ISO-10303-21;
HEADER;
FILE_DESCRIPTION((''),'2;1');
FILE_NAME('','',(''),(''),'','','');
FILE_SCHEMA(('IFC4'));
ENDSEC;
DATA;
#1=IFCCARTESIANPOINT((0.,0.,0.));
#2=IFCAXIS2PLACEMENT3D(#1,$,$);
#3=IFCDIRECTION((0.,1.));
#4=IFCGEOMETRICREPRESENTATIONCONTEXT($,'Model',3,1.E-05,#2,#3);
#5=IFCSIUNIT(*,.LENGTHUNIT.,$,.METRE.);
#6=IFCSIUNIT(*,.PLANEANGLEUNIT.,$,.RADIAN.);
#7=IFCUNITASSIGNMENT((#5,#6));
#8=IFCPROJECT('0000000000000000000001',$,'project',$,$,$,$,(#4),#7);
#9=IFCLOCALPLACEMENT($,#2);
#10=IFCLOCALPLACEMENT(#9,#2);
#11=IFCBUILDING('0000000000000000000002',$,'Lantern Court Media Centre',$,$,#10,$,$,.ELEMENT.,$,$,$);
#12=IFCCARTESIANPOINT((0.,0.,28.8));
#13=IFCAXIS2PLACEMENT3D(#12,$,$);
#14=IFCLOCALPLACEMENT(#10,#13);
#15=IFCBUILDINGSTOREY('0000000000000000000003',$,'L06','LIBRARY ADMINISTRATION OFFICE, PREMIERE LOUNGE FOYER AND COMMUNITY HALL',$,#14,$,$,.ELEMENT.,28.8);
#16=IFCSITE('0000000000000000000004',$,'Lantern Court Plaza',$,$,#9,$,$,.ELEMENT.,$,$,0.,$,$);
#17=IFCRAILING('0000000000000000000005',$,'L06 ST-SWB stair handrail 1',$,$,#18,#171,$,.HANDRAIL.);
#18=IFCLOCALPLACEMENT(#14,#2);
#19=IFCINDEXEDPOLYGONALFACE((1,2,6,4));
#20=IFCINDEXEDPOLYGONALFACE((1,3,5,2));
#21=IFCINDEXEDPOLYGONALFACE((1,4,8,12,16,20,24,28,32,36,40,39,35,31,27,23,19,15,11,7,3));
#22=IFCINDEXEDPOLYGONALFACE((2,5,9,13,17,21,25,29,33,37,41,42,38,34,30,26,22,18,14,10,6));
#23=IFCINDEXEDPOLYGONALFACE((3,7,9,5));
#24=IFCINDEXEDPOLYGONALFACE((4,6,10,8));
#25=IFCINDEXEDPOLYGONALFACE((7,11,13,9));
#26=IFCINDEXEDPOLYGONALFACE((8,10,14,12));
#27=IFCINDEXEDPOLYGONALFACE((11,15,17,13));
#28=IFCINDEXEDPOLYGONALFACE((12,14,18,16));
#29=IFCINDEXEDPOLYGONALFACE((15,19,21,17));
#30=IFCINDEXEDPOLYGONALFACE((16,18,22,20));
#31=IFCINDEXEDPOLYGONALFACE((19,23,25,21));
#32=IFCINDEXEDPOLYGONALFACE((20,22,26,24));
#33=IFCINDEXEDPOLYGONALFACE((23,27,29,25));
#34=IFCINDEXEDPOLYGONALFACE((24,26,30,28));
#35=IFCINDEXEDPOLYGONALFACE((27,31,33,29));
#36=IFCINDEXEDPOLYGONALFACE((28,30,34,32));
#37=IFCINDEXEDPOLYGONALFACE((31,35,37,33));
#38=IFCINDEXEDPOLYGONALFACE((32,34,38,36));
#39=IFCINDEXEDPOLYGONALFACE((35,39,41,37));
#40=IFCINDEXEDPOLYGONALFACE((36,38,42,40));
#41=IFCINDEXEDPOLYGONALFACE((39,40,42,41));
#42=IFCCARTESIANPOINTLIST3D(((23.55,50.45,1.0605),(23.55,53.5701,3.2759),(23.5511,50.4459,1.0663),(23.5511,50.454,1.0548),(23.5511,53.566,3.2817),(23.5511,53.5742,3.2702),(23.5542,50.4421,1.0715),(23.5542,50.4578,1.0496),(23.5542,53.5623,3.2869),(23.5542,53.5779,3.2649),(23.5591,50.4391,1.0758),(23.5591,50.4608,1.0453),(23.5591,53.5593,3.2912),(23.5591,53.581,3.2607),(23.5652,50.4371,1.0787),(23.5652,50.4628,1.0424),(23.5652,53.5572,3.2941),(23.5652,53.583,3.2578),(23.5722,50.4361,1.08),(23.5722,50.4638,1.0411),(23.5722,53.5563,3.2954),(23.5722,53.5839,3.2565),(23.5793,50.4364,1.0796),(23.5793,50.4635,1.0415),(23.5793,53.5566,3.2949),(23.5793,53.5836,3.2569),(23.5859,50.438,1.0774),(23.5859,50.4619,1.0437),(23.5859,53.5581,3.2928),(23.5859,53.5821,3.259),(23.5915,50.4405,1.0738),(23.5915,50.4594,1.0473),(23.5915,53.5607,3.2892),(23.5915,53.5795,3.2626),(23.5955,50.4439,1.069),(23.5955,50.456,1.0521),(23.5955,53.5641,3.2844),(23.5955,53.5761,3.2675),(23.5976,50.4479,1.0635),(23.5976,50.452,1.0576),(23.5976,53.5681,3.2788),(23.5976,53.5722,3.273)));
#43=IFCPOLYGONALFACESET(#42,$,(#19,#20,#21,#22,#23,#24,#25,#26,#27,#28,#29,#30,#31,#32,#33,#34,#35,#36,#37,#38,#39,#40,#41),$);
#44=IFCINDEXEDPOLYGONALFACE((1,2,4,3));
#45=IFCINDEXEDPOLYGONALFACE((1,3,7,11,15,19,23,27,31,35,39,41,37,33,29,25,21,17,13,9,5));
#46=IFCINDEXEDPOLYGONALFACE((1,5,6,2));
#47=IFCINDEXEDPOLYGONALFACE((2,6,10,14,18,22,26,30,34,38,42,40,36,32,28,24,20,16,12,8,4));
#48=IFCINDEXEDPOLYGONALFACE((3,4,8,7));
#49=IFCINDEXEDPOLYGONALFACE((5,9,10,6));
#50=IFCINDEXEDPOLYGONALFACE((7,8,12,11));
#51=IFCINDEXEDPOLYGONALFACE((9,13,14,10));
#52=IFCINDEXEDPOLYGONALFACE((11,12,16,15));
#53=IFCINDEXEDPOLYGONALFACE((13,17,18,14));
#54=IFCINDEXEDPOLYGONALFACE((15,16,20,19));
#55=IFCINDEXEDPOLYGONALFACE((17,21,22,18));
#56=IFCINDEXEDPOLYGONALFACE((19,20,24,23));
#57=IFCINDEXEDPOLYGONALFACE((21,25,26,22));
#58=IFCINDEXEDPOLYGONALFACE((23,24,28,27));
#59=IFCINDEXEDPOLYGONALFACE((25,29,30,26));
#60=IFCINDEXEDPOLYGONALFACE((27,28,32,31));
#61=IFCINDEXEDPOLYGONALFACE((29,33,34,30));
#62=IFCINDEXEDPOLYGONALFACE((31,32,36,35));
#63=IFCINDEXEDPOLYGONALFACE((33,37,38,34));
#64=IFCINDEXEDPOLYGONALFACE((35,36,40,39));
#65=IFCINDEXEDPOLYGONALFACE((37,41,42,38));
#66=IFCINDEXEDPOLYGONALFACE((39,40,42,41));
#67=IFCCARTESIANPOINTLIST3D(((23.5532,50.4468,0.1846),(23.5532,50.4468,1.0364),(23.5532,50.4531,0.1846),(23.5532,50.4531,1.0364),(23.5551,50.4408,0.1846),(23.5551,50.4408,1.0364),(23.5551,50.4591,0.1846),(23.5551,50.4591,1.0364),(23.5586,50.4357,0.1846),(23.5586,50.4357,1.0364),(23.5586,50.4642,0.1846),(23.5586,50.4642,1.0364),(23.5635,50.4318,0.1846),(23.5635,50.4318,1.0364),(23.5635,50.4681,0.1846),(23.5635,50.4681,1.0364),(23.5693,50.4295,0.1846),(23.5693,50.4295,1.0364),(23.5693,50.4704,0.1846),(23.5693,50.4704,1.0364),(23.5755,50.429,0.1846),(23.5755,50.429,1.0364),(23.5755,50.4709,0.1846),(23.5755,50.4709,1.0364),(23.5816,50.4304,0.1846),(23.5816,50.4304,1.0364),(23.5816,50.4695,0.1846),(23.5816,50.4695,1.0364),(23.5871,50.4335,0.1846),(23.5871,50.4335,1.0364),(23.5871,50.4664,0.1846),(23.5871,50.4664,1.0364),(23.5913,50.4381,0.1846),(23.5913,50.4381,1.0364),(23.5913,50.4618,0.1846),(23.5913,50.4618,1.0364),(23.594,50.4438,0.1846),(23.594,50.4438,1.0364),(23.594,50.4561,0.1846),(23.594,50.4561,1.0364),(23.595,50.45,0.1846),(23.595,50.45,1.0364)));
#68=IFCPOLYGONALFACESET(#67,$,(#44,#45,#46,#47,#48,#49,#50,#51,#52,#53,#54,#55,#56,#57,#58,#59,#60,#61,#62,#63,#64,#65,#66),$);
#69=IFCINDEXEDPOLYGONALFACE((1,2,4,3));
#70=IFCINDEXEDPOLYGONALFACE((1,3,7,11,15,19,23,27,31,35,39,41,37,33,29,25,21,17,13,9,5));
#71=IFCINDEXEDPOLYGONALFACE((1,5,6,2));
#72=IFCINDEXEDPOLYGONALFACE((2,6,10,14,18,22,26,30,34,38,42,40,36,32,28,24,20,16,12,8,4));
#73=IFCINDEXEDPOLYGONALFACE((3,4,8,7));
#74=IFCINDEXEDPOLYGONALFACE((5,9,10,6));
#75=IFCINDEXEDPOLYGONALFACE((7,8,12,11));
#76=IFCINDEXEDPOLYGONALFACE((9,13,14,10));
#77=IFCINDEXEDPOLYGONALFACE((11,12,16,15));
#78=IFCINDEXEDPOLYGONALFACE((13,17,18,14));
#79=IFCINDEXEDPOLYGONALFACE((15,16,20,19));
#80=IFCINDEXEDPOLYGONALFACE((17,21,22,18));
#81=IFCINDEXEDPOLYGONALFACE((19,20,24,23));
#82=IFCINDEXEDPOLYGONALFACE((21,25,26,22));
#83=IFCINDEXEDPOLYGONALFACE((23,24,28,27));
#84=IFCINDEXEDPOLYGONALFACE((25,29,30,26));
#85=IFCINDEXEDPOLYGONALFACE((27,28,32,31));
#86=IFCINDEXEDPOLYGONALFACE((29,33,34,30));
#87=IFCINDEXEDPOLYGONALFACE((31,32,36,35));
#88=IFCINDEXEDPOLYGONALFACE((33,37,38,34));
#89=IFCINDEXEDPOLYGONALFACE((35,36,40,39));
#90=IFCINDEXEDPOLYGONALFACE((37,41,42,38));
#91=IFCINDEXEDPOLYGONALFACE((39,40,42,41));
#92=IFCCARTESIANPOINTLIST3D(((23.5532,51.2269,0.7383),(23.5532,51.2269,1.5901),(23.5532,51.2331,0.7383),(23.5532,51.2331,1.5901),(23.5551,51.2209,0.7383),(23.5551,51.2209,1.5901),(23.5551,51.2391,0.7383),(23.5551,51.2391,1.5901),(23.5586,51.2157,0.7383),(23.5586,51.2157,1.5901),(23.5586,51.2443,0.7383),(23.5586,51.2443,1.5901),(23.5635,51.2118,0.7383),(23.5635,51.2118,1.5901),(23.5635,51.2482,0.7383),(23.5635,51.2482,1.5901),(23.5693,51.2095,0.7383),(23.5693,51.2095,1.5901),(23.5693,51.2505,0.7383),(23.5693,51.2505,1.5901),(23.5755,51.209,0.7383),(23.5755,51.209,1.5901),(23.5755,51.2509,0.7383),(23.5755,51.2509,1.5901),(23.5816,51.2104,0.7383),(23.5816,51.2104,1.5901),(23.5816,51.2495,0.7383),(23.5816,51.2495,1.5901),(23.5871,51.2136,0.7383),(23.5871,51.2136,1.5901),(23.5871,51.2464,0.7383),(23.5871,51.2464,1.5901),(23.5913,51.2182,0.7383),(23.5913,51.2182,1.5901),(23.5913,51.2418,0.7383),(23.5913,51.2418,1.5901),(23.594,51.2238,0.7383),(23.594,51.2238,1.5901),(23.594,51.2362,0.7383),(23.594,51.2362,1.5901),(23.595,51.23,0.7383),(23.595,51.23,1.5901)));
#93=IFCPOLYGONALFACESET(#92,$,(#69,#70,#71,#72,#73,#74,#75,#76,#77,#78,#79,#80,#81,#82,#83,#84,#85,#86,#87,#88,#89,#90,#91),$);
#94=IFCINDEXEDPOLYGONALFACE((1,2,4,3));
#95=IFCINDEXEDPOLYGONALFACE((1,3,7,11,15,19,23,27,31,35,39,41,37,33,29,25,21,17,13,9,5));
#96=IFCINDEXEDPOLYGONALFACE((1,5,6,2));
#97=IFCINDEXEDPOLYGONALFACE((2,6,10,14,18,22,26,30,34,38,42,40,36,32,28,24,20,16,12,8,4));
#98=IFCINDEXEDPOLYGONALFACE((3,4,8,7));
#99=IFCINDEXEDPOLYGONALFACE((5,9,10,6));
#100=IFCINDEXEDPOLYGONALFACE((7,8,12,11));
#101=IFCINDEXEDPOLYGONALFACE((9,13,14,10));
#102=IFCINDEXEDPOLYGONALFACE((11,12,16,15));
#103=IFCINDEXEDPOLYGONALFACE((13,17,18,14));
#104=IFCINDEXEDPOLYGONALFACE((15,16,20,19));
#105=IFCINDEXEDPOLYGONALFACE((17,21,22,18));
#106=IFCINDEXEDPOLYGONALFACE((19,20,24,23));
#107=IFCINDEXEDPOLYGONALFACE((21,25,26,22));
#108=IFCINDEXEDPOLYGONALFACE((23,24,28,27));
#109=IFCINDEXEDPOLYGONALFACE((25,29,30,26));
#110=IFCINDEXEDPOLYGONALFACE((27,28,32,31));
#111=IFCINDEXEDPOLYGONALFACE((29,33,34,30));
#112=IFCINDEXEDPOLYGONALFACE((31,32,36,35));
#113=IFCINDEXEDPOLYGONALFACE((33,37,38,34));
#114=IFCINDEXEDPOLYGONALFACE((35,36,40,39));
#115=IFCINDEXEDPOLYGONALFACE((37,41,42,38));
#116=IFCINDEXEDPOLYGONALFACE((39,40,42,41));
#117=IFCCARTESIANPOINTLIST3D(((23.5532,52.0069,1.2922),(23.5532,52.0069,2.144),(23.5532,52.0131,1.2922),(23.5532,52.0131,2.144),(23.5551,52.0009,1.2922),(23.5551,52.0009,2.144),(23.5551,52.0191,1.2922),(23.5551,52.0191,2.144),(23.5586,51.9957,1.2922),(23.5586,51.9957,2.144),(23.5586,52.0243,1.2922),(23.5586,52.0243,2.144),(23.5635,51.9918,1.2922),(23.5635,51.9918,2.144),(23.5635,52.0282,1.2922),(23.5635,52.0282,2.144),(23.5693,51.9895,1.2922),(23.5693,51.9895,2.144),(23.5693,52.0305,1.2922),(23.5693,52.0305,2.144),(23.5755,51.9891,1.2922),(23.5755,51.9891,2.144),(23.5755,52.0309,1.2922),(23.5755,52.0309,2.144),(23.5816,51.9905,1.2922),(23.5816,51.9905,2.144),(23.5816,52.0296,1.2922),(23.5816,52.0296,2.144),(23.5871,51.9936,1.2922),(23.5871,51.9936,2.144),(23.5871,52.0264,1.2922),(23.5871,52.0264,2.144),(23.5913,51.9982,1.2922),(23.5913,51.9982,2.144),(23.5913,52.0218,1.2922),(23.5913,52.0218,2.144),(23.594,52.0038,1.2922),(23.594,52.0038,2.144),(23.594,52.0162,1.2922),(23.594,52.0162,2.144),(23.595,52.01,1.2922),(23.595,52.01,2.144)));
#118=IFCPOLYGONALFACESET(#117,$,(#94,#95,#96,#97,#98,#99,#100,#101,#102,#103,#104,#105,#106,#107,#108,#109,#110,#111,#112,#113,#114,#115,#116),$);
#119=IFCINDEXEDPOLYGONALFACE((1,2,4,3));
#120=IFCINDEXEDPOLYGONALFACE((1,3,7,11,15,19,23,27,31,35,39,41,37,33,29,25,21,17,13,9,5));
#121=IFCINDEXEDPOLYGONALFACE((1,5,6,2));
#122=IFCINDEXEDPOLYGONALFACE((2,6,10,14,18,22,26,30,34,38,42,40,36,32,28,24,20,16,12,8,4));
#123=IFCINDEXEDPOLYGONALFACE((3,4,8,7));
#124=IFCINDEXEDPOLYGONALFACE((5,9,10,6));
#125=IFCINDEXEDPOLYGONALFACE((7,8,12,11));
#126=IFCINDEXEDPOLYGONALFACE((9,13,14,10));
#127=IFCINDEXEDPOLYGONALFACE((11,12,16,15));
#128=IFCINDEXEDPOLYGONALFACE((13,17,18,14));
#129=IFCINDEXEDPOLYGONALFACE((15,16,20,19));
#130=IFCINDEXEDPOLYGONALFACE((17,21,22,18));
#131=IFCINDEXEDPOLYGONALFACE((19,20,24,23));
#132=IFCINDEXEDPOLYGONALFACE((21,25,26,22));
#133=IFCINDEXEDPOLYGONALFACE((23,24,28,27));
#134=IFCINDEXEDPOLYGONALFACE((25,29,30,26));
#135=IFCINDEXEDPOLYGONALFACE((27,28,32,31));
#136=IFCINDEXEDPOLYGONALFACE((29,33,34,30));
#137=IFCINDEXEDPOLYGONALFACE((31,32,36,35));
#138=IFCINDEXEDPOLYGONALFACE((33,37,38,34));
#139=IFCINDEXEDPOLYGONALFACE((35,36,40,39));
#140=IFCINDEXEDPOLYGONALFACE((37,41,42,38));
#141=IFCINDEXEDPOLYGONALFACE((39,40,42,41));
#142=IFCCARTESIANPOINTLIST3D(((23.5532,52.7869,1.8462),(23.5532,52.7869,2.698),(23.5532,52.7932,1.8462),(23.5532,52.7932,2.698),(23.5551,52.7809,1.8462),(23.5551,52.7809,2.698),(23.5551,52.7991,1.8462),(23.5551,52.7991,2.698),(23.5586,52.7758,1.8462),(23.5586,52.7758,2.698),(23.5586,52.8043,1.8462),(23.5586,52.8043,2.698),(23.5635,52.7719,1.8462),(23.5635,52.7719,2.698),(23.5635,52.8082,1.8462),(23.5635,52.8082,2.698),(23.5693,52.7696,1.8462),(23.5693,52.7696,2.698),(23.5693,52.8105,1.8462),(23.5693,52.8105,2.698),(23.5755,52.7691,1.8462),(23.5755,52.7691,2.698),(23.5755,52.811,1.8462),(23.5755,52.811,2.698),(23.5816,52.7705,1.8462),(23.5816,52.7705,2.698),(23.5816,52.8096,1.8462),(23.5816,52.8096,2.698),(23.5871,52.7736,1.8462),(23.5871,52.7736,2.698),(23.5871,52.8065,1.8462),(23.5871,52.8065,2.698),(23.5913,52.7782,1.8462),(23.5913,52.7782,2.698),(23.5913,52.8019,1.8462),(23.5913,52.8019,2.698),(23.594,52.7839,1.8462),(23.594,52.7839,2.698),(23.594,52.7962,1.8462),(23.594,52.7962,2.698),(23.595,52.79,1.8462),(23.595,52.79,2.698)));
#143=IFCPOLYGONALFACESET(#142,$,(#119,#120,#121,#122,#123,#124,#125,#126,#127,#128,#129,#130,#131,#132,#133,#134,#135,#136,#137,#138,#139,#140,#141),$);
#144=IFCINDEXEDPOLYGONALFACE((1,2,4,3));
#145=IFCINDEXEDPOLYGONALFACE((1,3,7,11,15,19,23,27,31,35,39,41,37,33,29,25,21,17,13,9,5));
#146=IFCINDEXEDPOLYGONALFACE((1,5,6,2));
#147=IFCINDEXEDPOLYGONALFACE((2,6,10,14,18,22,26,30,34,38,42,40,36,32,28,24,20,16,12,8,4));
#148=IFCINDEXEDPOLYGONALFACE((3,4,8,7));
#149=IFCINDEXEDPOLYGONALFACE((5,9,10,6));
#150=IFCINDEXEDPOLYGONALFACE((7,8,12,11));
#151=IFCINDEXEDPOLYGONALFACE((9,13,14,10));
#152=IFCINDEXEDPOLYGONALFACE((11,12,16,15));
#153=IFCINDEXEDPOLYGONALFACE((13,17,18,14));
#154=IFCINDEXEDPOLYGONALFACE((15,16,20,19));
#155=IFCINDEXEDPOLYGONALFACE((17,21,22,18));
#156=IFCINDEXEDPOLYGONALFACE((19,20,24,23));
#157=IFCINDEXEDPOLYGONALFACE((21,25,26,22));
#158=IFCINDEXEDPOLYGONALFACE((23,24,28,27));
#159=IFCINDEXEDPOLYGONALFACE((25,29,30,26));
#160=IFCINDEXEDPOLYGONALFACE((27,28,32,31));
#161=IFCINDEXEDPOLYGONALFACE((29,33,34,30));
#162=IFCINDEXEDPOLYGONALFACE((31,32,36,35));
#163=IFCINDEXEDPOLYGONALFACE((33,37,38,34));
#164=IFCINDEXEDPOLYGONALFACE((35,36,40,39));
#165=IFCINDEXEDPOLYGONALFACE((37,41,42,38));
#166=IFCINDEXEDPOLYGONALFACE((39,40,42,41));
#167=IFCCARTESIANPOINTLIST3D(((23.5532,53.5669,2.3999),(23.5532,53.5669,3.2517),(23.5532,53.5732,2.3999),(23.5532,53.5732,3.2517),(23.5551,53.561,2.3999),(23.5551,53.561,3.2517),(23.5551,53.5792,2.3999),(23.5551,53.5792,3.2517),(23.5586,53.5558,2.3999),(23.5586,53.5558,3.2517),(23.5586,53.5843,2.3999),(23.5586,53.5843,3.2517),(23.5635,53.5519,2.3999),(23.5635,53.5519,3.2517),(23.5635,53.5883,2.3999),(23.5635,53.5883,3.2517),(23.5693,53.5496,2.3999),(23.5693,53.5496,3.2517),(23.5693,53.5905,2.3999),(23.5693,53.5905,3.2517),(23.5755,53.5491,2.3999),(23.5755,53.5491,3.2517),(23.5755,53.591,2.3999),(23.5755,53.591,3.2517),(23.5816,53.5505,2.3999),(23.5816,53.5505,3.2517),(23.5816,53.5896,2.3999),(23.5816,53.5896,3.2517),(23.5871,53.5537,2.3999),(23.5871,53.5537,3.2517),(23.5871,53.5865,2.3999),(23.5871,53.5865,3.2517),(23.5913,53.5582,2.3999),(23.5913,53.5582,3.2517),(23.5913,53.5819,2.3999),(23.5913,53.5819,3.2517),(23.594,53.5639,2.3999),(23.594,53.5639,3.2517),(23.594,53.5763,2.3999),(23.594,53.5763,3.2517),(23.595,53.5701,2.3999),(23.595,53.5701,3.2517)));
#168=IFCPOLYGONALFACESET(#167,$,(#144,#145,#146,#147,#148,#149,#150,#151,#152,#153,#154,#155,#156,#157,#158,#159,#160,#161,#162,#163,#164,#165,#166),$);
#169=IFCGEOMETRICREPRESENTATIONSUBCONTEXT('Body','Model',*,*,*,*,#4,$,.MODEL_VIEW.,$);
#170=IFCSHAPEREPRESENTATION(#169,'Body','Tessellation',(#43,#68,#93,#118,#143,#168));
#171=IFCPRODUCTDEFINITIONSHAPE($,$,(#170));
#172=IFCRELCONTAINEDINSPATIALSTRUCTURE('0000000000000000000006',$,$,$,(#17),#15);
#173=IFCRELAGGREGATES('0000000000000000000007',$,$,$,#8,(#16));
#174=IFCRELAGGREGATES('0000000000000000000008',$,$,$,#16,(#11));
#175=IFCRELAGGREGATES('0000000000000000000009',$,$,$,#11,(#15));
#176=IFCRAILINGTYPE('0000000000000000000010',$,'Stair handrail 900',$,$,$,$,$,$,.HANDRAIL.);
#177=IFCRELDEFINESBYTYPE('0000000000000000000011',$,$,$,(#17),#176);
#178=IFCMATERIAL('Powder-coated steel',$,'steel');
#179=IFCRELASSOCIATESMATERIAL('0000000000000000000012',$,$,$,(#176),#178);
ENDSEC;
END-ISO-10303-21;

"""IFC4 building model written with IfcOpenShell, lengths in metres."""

from ifc_helpers import new_model, si_unit, direction, frame, origin, origin_2d, place, context, subcontext, project, spatial, circle, extrude, material, type_object, element, save


model = new_model("IFC4")

# Units and contexts
model_context = context("Model", 3, precision=1e-05, world=origin(), true_north=direction((0.0, 1.0)))
body_context = subcontext(model_context, "Body", "Model", "MODEL_VIEW")
ifc_project = project(units=[si_unit("LENGTHUNIT", "METRE"), si_unit("PLANEANGLEUNIT", "RADIAN")], contexts=[model_context])

# Site, building, storey
site_placement = place(None, origin())
site = spatial("IfcSite", under=ifc_project, at=site_placement, Name="Lantern Court Plaza", CompositionType="ELEMENT", RefElevation=0.0)
building_placement = place(site_placement, origin())
building = spatial("IfcBuilding", under=site, at=building_placement, Name="Lantern Court Media Centre", CompositionType="ELEMENT")
storey_placement = place(building_placement, frame((0.0, 0.0, 28.8)))
storey = spatial("IfcBuildingStorey", under=building, at=storey_placement, Name="L06", Description="LIBRARY ADMINISTRATION OFFICE, PREMIERE LOUNGE FOYER AND COMMUNITY HALL", CompositionType="ELEMENT", Elevation=28.8)

# Shared definitions
ifc_material_1 = material(Name="Powder-coated steel", Category="steel")

# Railing
railing_type_1 = type_object("IfcRailingType", Name="Stair handrail 900", PredefinedType="HANDRAIL", material=ifc_material_1)
railing_1_placement = place(storey_placement, frame((23.574, 50.45, 0.1846)))
element("IfcRailing", 1, at=railing_1_placement, inside=storey, type_object=railing_type_1, Name="L06 ST-SWB stair handrail 1", PredefinedType="HANDRAIL", context=body_context, shape_type="SweptSolid", body=[
    extrude(circle(Radius=0.0239, at=origin_2d()), frame((0.0, 0.0, 0.876), z_axis=(0.0, 0.815377, 0.57893), x_axis=(-1.0, 0.0, 0.0)), (0.0, 0.0, 1.0), 3.8267),
    extrude(circle(Radius=0.021, at=origin_2d()), origin(), (0.0, 0.0, 1.0), 0.8518),
    extrude(circle(Radius=0.021, at=origin_2d()), frame((0.0, 0.78, 0.5537)), (0.0, 0.0, 1.0), 0.8518),
    extrude(circle(Radius=0.021, at=origin_2d()), frame((0.0, 1.5601, 1.1077)), (0.0, 0.0, 1.0), 0.8518),
    extrude(circle(Radius=0.021, at=origin_2d()), frame((0.0, 2.3401, 1.6616)), (0.0, 0.0, 1.0), 0.8518),
    extrude(circle(Radius=0.021, at=origin_2d()), frame((0.0, 3.1201, 2.2153)), (0.0, 0.0, 1.0), 0.8518),
])

save(model, "model.ifc")
